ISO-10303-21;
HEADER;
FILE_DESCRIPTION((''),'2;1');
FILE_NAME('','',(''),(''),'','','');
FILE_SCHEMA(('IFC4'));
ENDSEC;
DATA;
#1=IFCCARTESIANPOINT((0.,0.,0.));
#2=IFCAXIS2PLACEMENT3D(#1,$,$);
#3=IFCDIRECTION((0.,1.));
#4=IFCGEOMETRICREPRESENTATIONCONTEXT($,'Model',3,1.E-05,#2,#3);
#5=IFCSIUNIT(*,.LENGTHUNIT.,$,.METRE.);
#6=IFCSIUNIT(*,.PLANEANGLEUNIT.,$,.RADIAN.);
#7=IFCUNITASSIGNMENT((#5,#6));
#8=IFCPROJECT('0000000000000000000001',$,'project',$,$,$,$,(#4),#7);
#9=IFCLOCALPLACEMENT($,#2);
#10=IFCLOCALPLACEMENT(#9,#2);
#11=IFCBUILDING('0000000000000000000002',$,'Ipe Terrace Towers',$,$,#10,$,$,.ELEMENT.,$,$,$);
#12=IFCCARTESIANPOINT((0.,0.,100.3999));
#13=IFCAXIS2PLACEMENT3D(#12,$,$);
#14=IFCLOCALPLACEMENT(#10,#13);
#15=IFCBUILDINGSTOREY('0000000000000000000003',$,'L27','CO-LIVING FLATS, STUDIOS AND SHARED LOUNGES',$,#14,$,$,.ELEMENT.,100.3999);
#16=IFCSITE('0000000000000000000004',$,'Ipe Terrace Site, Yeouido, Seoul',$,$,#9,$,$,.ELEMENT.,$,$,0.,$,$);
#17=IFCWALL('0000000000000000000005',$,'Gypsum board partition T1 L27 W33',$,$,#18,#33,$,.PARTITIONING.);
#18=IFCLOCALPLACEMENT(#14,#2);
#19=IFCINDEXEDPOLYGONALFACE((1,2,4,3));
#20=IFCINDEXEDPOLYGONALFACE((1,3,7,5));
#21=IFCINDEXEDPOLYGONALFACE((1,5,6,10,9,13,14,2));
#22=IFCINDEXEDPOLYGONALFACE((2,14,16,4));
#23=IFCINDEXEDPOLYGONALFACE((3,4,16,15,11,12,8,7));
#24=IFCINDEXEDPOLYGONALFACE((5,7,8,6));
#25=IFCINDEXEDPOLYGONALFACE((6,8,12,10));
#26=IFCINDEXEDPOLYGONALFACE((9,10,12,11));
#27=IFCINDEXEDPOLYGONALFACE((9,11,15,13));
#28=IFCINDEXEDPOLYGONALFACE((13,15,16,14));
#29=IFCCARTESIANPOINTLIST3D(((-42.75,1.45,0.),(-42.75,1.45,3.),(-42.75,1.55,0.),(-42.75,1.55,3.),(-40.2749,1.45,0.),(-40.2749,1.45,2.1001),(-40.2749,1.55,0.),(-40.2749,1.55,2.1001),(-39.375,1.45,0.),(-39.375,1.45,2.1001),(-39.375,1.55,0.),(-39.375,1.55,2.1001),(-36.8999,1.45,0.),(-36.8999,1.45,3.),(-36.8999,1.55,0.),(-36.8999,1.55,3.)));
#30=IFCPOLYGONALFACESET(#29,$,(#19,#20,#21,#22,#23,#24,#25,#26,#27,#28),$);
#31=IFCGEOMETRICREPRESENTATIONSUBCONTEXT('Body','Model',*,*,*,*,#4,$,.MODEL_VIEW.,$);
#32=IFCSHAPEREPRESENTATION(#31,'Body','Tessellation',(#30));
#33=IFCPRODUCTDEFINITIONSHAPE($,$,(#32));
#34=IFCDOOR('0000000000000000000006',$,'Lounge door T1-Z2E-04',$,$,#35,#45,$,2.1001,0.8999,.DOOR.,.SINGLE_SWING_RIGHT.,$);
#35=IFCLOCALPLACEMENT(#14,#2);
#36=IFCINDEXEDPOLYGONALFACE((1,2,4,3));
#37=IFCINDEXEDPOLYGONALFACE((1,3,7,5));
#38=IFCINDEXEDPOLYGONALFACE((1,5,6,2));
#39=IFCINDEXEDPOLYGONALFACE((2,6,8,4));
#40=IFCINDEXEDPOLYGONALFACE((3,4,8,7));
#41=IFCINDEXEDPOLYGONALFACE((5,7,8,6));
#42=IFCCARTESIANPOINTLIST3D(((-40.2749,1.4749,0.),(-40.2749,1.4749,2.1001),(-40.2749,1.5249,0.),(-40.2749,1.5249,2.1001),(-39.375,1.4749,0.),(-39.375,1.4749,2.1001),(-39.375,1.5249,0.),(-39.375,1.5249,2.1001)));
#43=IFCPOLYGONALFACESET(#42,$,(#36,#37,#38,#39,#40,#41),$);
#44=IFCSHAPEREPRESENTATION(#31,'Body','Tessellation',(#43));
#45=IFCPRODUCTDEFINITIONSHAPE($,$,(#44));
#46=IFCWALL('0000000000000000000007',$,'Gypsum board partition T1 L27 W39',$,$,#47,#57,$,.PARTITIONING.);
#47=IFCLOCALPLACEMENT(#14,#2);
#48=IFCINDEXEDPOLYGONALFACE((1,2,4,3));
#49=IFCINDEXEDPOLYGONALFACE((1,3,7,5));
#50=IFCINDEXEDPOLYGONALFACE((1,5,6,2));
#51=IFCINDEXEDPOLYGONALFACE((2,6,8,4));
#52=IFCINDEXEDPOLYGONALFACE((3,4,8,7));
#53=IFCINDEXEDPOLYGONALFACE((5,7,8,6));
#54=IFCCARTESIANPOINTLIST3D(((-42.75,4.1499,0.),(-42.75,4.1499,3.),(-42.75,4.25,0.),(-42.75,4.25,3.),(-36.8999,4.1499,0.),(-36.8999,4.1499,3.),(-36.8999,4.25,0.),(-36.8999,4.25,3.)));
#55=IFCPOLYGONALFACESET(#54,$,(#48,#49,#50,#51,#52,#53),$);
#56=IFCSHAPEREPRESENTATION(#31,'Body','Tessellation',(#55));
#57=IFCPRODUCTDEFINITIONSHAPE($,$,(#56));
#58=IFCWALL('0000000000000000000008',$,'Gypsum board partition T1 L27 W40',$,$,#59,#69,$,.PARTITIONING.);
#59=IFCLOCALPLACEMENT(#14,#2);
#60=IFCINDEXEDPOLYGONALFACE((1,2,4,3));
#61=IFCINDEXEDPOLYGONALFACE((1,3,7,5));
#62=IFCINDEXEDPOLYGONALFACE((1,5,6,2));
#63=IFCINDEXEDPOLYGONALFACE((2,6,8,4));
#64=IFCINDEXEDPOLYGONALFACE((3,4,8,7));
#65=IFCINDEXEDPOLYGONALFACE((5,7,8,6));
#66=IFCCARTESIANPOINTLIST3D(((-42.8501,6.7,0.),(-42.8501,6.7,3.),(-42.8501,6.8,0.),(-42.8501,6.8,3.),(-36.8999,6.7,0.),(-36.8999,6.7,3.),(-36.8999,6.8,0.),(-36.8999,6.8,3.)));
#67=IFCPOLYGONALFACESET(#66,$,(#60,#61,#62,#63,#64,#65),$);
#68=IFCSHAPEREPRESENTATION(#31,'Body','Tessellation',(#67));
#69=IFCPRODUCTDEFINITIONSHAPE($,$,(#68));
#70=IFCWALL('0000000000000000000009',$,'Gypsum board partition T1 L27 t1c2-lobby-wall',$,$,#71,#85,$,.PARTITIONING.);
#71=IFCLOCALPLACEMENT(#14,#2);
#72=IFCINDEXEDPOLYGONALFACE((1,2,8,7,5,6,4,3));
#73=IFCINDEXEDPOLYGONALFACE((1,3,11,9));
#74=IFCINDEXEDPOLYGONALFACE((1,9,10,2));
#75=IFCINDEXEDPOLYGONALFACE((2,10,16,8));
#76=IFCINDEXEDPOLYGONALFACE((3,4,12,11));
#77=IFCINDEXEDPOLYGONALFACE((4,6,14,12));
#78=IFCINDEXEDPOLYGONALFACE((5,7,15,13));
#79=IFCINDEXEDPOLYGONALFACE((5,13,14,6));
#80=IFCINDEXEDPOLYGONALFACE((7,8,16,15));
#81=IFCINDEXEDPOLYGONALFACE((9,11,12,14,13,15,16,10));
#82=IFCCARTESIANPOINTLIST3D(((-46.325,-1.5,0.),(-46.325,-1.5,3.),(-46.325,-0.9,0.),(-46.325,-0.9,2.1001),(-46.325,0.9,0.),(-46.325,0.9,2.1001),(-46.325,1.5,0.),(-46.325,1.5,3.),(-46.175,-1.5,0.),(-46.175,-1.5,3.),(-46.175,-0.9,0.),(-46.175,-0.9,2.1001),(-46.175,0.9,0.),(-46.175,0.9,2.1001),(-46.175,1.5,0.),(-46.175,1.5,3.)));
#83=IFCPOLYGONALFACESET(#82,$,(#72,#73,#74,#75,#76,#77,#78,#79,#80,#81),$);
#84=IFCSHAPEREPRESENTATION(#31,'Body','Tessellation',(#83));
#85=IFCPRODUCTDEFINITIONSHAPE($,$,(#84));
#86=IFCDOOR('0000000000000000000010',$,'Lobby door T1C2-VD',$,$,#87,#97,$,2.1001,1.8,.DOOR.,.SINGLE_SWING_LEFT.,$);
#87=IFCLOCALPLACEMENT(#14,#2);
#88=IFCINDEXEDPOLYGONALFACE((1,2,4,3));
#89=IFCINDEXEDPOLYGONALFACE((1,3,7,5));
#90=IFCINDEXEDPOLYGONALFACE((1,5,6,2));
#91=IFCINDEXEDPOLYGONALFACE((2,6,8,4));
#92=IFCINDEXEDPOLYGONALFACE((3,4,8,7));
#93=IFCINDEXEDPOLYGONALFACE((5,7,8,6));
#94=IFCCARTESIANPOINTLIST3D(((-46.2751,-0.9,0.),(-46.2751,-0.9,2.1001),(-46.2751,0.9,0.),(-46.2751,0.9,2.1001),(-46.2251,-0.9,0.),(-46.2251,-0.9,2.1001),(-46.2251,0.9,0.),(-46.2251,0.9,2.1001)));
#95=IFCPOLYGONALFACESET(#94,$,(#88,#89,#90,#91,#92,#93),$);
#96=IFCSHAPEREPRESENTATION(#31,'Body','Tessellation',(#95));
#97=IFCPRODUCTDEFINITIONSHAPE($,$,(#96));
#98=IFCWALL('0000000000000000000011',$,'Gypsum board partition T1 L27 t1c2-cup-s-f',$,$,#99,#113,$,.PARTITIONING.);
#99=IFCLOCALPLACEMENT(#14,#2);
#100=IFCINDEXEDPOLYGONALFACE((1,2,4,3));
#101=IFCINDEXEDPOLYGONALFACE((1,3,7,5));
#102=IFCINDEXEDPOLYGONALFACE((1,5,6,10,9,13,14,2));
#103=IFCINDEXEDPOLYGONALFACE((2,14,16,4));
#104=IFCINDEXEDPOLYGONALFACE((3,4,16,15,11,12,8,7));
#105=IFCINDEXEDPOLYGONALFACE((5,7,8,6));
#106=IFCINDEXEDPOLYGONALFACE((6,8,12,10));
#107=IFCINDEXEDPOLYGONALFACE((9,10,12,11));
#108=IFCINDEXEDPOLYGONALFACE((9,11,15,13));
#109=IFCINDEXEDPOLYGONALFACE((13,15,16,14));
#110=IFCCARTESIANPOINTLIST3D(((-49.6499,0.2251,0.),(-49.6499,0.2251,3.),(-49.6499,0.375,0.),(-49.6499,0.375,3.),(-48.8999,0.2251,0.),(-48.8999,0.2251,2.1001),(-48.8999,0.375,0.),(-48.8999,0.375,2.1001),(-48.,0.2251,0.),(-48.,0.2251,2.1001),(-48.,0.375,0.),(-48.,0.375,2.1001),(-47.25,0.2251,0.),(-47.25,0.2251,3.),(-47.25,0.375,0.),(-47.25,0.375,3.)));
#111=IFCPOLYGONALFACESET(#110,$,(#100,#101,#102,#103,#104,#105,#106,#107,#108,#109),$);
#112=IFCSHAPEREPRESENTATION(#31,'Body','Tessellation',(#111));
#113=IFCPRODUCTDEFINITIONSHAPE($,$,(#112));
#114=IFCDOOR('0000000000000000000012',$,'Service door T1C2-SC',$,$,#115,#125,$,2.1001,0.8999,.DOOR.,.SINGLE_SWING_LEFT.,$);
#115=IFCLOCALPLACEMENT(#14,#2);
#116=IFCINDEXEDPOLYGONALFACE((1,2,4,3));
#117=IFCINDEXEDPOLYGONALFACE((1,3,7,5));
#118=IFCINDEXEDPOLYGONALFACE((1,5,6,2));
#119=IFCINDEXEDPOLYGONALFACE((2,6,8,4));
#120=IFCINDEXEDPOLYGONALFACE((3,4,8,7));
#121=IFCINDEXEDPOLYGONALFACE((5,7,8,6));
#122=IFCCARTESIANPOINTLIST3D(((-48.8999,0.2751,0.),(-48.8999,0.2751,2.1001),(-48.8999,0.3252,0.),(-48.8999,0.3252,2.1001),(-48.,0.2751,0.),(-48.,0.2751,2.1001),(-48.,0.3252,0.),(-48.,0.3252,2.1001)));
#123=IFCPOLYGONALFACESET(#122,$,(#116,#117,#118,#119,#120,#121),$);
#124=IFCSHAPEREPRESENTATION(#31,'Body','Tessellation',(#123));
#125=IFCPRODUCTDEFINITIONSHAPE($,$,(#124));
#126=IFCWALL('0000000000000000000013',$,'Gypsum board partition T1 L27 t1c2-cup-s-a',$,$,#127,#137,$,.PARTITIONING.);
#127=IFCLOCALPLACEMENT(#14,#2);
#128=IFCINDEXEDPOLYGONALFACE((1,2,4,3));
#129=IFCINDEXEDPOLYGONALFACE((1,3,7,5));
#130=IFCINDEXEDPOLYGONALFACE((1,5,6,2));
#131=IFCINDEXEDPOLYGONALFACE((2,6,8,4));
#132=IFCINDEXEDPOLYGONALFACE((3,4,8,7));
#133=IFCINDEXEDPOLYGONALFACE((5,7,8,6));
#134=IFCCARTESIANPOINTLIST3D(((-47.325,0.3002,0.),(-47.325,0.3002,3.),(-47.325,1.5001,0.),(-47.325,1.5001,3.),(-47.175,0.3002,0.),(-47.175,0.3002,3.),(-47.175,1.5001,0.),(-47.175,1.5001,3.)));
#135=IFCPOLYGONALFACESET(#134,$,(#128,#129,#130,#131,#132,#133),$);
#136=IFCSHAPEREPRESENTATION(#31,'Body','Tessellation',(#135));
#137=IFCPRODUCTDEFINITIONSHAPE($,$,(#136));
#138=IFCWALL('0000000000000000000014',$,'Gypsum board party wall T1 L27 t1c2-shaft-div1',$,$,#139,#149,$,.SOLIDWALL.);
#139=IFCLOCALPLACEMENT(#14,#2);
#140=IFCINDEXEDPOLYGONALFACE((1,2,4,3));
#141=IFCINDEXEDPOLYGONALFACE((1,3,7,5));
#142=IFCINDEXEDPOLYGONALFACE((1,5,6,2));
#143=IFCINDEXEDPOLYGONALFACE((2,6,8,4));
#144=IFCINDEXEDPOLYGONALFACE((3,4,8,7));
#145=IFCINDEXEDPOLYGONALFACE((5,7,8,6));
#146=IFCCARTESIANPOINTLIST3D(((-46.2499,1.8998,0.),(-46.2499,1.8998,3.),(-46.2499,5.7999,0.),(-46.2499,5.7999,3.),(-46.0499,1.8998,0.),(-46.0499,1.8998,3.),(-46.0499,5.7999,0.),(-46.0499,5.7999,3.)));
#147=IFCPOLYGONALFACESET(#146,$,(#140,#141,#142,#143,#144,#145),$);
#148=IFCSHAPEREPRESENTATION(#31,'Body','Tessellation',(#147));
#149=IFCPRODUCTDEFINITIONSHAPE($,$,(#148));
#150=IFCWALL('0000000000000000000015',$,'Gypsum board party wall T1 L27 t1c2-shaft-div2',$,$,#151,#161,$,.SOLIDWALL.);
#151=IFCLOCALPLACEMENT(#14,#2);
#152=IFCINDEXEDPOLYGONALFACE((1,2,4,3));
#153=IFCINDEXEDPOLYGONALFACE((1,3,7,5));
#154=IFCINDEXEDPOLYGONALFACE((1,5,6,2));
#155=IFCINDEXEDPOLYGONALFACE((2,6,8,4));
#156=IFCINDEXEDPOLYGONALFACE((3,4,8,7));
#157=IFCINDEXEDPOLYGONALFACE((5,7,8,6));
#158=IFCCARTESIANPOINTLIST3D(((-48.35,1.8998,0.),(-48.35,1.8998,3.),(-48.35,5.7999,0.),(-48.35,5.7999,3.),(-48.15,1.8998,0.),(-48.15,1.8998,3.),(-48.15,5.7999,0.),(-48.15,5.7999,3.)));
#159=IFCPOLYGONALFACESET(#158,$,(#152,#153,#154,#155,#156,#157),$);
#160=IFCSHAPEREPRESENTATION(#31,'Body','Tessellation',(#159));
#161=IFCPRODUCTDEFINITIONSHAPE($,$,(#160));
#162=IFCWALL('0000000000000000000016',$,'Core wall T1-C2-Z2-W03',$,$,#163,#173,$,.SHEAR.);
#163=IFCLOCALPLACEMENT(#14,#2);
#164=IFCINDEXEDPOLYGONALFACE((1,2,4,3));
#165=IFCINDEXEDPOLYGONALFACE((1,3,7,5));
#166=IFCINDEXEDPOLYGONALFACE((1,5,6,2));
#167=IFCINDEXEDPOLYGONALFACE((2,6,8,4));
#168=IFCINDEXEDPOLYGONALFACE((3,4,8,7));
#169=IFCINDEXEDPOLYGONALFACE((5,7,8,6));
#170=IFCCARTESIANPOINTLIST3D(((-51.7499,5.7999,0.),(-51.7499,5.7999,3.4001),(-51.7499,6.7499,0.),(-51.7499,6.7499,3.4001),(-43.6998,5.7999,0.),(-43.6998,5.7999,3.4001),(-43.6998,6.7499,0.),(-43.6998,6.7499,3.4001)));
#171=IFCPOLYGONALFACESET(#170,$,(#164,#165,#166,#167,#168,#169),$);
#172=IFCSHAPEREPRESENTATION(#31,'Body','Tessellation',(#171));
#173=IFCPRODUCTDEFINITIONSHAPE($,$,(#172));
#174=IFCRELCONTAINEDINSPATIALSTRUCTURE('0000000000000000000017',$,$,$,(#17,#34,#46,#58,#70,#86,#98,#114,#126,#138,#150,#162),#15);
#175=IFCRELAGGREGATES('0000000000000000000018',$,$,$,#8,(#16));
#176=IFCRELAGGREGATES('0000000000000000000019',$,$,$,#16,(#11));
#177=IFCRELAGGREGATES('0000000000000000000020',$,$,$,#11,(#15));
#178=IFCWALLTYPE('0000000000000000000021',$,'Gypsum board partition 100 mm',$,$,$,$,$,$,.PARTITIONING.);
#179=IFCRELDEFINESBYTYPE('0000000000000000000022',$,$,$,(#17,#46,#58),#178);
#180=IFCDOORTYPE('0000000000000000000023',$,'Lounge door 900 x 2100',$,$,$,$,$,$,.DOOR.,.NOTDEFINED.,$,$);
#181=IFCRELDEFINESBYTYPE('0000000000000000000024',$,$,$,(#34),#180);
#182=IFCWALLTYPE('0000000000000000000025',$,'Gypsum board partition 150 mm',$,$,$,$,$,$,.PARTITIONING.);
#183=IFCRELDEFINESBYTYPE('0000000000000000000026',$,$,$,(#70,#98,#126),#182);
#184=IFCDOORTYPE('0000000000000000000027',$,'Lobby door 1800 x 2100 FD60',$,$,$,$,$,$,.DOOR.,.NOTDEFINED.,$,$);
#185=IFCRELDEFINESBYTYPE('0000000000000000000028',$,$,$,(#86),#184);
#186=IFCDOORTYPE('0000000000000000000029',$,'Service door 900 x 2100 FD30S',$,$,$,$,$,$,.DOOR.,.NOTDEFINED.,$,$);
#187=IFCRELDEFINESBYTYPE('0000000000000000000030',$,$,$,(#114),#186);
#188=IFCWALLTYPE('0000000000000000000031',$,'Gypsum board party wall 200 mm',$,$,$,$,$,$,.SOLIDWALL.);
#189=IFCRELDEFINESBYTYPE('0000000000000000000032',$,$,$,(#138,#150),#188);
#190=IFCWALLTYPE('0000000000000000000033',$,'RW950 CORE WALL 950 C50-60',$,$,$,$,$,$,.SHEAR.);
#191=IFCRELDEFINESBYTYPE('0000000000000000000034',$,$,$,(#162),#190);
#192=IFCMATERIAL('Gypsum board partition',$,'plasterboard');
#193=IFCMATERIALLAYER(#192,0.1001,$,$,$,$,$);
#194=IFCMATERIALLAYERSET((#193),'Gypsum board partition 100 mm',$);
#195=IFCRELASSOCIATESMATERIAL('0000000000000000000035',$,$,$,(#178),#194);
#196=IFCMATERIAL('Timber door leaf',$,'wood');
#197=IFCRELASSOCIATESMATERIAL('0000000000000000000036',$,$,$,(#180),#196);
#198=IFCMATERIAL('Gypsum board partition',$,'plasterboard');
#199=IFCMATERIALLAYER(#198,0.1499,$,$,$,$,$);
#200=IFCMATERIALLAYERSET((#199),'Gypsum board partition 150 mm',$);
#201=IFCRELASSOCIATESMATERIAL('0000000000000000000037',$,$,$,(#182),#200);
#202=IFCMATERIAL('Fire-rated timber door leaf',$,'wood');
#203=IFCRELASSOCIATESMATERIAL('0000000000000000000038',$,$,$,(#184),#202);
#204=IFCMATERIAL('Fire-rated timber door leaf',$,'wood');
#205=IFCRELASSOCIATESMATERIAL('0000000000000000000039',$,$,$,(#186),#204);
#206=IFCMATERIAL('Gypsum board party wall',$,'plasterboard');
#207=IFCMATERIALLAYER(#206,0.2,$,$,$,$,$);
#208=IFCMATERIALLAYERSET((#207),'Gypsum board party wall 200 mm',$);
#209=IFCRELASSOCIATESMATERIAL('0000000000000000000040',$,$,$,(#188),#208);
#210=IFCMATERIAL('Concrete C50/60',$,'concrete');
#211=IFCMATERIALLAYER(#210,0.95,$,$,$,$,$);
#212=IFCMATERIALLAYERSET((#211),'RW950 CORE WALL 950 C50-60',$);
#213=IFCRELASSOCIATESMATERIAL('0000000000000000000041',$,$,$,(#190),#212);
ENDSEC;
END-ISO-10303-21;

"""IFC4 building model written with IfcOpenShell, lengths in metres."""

from ifc_helpers import new_model, si_unit, direction, frame, frame_2d, origin, place, context, subcontext, project, spatial, rectangle, extrude, material, layer, layer_set, type_object, element, fill, save


model = new_model("IFC4")

# Units and contexts
model_context = context("Model", 3, precision=1e-05, world=origin(), true_north=direction((0.0, 1.0)))
body_context = subcontext(model_context, "Body", "Model", "MODEL_VIEW")
ifc_project = project(units=[si_unit("LENGTHUNIT", "METRE"), si_unit("PLANEANGLEUNIT", "RADIAN")], contexts=[model_context])

# Site, building, storey
site_placement = place(None, origin())
site = spatial("IfcSite", under=ifc_project, at=site_placement, Name="Ipe Terrace Site, Yeouido, Seoul", CompositionType="ELEMENT", RefElevation=0.0)
building_placement = place(site_placement, origin())
building = spatial("IfcBuilding", under=site, at=building_placement, Name="Ipe Terrace Towers", CompositionType="ELEMENT")
storey_placement = place(building_placement, frame((0.0, 0.0, 100.3999)))
storey = spatial("IfcBuildingStorey", under=building, at=storey_placement, Name="L27", Description="CO-LIVING FLATS, STUDIOS AND SHARED LOUNGES", CompositionType="ELEMENT", Elevation=100.3999)

# Wall, opening, door
ifc_material_1 = material(Name="Gypsum board partition", Category="plasterboard")
ifc_layer_1 = layer(ifc_material_1, 0.1001)
ifc_layer_set_1 = layer_set([ifc_layer_1], Name="Gypsum board partition 100 mm")
wall_type_1 = type_object("IfcWallType", Name="Gypsum board partition 100 mm", PredefinedType="PARTITIONING", material=ifc_layer_set_1)
ifc_material_2 = material(Name="Timber door leaf", Category="wood")
door_type_1 = type_object("IfcDoorType", Name="Lounge door 900 x 2100", OperationType="NOTDEFINED", PredefinedType="DOOR", material=ifc_material_2)
wall_1_placement = place(storey_placement, frame((-42.75, 1.5, 0.0), z_axis=(0.0, 0.0, 1.0), x_axis=(1.0, 0.0, 0.0)))
wall_1 = element("IfcWall", 1, at=wall_1_placement, inside=storey, type_object=wall_type_1, Name="Gypsum board partition T1 L27 W33", PredefinedType="PARTITIONING", context=body_context, shape_type="SweptSolid", body=[
    extrude(rectangle(XDim=5.8501, YDim=0.1001, at=frame_2d((2.925, 0.0))), origin(), (0.0, 0.0, 1.0), 3.0),
])
opening_1_placement = place(wall_1_placement, frame((2.4751, 0.0, 0.0)))
opening_1 = element("IfcOpeningElement", 2, at=opening_1_placement, cuts=wall_1, PredefinedType="OPENING", context=body_context, shape_type="SweptSolid", body=[
    extrude(rectangle(XDim=0.8999, YDim=2.1001, at=frame_2d((0.45, 1.05))), frame((0.0, 0.0601, 0.0), z_axis=(0.0, -1.0, 0.0), x_axis=(1.0, 0.0, 0.0)), (0.0, 0.0, 1.0), 0.1201),
])
door_1_placement = place(opening_1_placement, origin())
door_1 = element("IfcDoor", 3, at=door_1_placement, inside=storey, type_object=door_type_1, Name="Lounge door T1-Z2E-04", OperationType="SINGLE_SWING_RIGHT", OverallHeight=2.1001, OverallWidth=0.8999, PredefinedType="DOOR", context=body_context, shape_type="SweptSolid", body=[
    extrude(rectangle(XDim=0.8999, YDim=2.1001, at=frame_2d((0.45, 1.05))), frame((0.0, 0.0249, 0.0), z_axis=(0.0, -1.0, 0.0), x_axis=(1.0, 0.0, 0.0)), (0.0, 0.0, 1.0), 0.05),
])
fill(opening_1, door_1)

# Walls
wall_2_placement = place(storey_placement, frame((-42.75, 4.2, 0.0), z_axis=(0.0, 0.0, 1.0), x_axis=(1.0, 0.0, 0.0)))
element("IfcWall", 4, at=wall_2_placement, inside=storey, type_object=wall_type_1, Name="Gypsum board partition T1 L27 W39", PredefinedType="PARTITIONING", context=body_context, shape_type="SweptSolid", body=[
    extrude(rectangle(XDim=5.8501, YDim=0.1001, at=frame_2d((2.925, 0.0))), origin(), (0.0, 0.0, 1.0), 3.0),
])
wall_3_placement = place(storey_placement, frame((-42.8501, 6.75, 0.0), z_axis=(0.0, 0.0, 1.0), x_axis=(1.0, 0.0, 0.0)))
element("IfcWall", 5, at=wall_3_placement, inside=storey, type_object=wall_type_1, Name="Gypsum board partition T1 L27 W40", PredefinedType="PARTITIONING", context=body_context, shape_type="SweptSolid", body=[
    extrude(rectangle(XDim=5.9502, YDim=0.1001, at=frame_2d((2.9751, 0.0))), origin(), (0.0, 0.0, 1.0), 3.0),
])

# Walls, openings, doors
ifc_material_3 = material(Name="Gypsum board partition", Category="plasterboard")
ifc_layer_2 = layer(ifc_material_3, 0.1499)
ifc_layer_set_2 = layer_set([ifc_layer_2], Name="Gypsum board partition 150 mm")
wall_type_2 = type_object("IfcWallType", Name="Gypsum board partition 150 mm", PredefinedType="PARTITIONING", material=ifc_layer_set_2)
wall_4_placement = place(storey_placement, frame((-46.25, 1.5, 0.0), z_axis=(0.0, 0.0, 1.0), x_axis=(0.0, -1.0, 0.0)))
wall_4 = element("IfcWall", 6, at=wall_4_placement, inside=storey, type_object=wall_type_2, Name="Gypsum board partition T1 L27 t1c2-lobby-wall", PredefinedType="PARTITIONING", context=body_context, shape_type="SweptSolid", body=[
    extrude(rectangle(XDim=3.0, YDim=0.1499, at=frame_2d((1.5, 0.0))), origin(), (0.0, 0.0, 1.0), 3.0),
])
opening_2_placement = place(wall_4_placement, frame((0.6001, 0.0, 0.0)))
opening_2 = element("IfcOpeningElement", 7, at=opening_2_placement, cuts=wall_4, PredefinedType="OPENING", context=body_context, shape_type="SweptSolid", body=[
    extrude(rectangle(XDim=1.8, YDim=2.1001, at=frame_2d((0.8999, 1.05))), frame((0.0, 0.085, 0.0), z_axis=(0.0, -1.0, 0.0), x_axis=(1.0, 0.0, 0.0)), (0.0, 0.0, 1.0), 0.1699),
])
ifc_material_4 = material(Name="Fire-rated timber door leaf", Category="wood")
door_type_2 = type_object("IfcDoorType", Name="Lobby door 1800 x 2100 FD60", OperationType="NOTDEFINED", PredefinedType="DOOR", material=ifc_material_4)
door_2_placement = place(opening_2_placement, origin())
door_2 = element("IfcDoor", 8, at=door_2_placement, inside=storey, type_object=door_type_2, Name="Lobby door T1C2-VD", OperationType="SINGLE_SWING_LEFT", OverallHeight=2.1001, OverallWidth=1.8, PredefinedType="DOOR", context=body_context, shape_type="SweptSolid", body=[
    extrude(rectangle(XDim=1.8, YDim=2.1001, at=frame_2d((0.8999, 1.05))), frame((0.0, 0.0249, 0.0), z_axis=(0.0, -1.0, 0.0), x_axis=(1.0, 0.0, 0.0)), (0.0, 0.0, 1.0), 0.05),
])
fill(opening_2, door_2)
wall_5_placement = place(storey_placement, frame((-47.25, 0.3, 0.0), z_axis=(0.0, 0.0, 1.0), x_axis=(-1.0, 0.0, 0.0)))
wall_5 = element("IfcWall", 9, at=wall_5_placement, inside=storey, type_object=wall_type_2, Name="Gypsum board partition T1 L27 t1c2-cup-s-f", PredefinedType="PARTITIONING", context=body_context, shape_type="SweptSolid", body=[
    extrude(rectangle(XDim=2.3999, YDim=0.1499, at=frame_2d((1.2, 0.0))), origin(), (0.0, 0.0, 1.0), 3.0),
])
opening_3_placement = place(wall_5_placement, frame((0.75, 0.0, 0.0)))
opening_3 = element("IfcOpeningElement", 10, at=opening_3_placement, cuts=wall_5, PredefinedType="OPENING", context=body_context, shape_type="SweptSolid", body=[
    extrude(rectangle(XDim=0.8999, YDim=2.1001, at=frame_2d((0.45, 1.05))), frame((0.0, 0.085, 0.0), z_axis=(0.0, -1.0, 0.0), x_axis=(1.0, 0.0, 0.0)), (0.0, 0.0, 1.0), 0.1699),
])
ifc_material_5 = material(Name="Fire-rated timber door leaf", Category="wood")
door_type_3 = type_object("IfcDoorType", Name="Service door 900 x 2100 FD30S", OperationType="NOTDEFINED", PredefinedType="DOOR", material=ifc_material_5)
door_3_placement = place(opening_3_placement, origin())
door_3 = element("IfcDoor", 11, at=door_3_placement, inside=storey, type_object=door_type_3, Name="Service door T1C2-SC", OperationType="SINGLE_SWING_LEFT", OverallHeight=2.1001, OverallWidth=0.8999, PredefinedType="DOOR", context=body_context, shape_type="SweptSolid", body=[
    extrude(rectangle(XDim=0.8999, YDim=2.1001, at=frame_2d((0.45, 1.05))), frame((0.0, 0.0249, 0.0), z_axis=(0.0, -1.0, 0.0), x_axis=(1.0, 0.0, 0.0)), (0.0, 0.0, 1.0), 0.05),
])
fill(opening_3, door_3)

# Walls
wall_6_placement = place(storey_placement, frame((-47.25, 0.3, 0.0), z_axis=(0.0, 0.0, 1.0), x_axis=(0.0, 1.0, 0.0)))
element("IfcWall", 12, at=wall_6_placement, inside=storey, type_object=wall_type_2, Name="Gypsum board partition T1 L27 t1c2-cup-s-a", PredefinedType="PARTITIONING", context=body_context, shape_type="SweptSolid", body=[
    extrude(rectangle(XDim=1.2, YDim=0.1499, at=frame_2d((0.6001, 0.0))), origin(), (0.0, 0.0, 1.0), 3.0),
])
ifc_material_6 = material(Name="Gypsum board party wall", Category="plasterboard")
ifc_layer_3 = layer(ifc_material_6, 0.2)
ifc_layer_set_3 = layer_set([ifc_layer_3], Name="Gypsum board party wall 200 mm")
wall_type_3 = type_object("IfcWallType", Name="Gypsum board party wall 200 mm", PredefinedType="SOLIDWALL", material=ifc_layer_set_3)
for number, where, z_axis, x_axis, name in (
    (13, (-46.1499, 5.8, 0.0), (0.0, 0.0, 1.0), (0.0, -1.0, 0.0), "Gypsum board party wall T1 L27 t1c2-shaft-div1"),
    (14, (-48.25, 5.8, 0.0), (0.0, 0.0, 1.0), (0.0, -1.0, 0.0), "Gypsum board party wall T1 L27 t1c2-shaft-div2"),
):
    element("IfcWall", number, at=place(storey_placement, frame(where, z_axis=z_axis, x_axis=x_axis)), inside=storey, type_object=wall_type_3, Name=name, PredefinedType="SOLIDWALL", context=body_context, shape_type="SweptSolid", body=[
        extrude(rectangle(XDim=3.9001, YDim=0.2, at=frame_2d((1.9502, 0.0))), origin(), (0.0, 0.0, 1.0), 3.0),
    ])
ifc_material_7 = material(Name="Concrete C50/60", Category="concrete")
ifc_layer_4 = layer(ifc_material_7, 0.95)
ifc_layer_set_4 = layer_set([ifc_layer_4], Name="RW950 CORE WALL 950 C50-60")
wall_type_4 = type_object("IfcWallType", Name="RW950 CORE WALL 950 C50-60", PredefinedType="SHEAR", material=ifc_layer_set_4)
wall_7_placement = place(storey_placement, frame((-43.7, 6.2749, 0.0), z_axis=(0.0, 0.0, 1.0), x_axis=(-1.0, 0.0, 0.0)))
element("IfcWall", 15, at=wall_7_placement, inside=storey, type_object=wall_type_4, Name="Core wall T1-C2-Z2-W03", PredefinedType="SHEAR", context=body_context, shape_type="SweptSolid", body=[
    extrude(rectangle(XDim=8.05, YDim=0.95, at=frame_2d((4.0249, 0.0))), origin(), (0.0, 0.0, 1.0), 3.4001),
])

save(model, "model.ifc")
